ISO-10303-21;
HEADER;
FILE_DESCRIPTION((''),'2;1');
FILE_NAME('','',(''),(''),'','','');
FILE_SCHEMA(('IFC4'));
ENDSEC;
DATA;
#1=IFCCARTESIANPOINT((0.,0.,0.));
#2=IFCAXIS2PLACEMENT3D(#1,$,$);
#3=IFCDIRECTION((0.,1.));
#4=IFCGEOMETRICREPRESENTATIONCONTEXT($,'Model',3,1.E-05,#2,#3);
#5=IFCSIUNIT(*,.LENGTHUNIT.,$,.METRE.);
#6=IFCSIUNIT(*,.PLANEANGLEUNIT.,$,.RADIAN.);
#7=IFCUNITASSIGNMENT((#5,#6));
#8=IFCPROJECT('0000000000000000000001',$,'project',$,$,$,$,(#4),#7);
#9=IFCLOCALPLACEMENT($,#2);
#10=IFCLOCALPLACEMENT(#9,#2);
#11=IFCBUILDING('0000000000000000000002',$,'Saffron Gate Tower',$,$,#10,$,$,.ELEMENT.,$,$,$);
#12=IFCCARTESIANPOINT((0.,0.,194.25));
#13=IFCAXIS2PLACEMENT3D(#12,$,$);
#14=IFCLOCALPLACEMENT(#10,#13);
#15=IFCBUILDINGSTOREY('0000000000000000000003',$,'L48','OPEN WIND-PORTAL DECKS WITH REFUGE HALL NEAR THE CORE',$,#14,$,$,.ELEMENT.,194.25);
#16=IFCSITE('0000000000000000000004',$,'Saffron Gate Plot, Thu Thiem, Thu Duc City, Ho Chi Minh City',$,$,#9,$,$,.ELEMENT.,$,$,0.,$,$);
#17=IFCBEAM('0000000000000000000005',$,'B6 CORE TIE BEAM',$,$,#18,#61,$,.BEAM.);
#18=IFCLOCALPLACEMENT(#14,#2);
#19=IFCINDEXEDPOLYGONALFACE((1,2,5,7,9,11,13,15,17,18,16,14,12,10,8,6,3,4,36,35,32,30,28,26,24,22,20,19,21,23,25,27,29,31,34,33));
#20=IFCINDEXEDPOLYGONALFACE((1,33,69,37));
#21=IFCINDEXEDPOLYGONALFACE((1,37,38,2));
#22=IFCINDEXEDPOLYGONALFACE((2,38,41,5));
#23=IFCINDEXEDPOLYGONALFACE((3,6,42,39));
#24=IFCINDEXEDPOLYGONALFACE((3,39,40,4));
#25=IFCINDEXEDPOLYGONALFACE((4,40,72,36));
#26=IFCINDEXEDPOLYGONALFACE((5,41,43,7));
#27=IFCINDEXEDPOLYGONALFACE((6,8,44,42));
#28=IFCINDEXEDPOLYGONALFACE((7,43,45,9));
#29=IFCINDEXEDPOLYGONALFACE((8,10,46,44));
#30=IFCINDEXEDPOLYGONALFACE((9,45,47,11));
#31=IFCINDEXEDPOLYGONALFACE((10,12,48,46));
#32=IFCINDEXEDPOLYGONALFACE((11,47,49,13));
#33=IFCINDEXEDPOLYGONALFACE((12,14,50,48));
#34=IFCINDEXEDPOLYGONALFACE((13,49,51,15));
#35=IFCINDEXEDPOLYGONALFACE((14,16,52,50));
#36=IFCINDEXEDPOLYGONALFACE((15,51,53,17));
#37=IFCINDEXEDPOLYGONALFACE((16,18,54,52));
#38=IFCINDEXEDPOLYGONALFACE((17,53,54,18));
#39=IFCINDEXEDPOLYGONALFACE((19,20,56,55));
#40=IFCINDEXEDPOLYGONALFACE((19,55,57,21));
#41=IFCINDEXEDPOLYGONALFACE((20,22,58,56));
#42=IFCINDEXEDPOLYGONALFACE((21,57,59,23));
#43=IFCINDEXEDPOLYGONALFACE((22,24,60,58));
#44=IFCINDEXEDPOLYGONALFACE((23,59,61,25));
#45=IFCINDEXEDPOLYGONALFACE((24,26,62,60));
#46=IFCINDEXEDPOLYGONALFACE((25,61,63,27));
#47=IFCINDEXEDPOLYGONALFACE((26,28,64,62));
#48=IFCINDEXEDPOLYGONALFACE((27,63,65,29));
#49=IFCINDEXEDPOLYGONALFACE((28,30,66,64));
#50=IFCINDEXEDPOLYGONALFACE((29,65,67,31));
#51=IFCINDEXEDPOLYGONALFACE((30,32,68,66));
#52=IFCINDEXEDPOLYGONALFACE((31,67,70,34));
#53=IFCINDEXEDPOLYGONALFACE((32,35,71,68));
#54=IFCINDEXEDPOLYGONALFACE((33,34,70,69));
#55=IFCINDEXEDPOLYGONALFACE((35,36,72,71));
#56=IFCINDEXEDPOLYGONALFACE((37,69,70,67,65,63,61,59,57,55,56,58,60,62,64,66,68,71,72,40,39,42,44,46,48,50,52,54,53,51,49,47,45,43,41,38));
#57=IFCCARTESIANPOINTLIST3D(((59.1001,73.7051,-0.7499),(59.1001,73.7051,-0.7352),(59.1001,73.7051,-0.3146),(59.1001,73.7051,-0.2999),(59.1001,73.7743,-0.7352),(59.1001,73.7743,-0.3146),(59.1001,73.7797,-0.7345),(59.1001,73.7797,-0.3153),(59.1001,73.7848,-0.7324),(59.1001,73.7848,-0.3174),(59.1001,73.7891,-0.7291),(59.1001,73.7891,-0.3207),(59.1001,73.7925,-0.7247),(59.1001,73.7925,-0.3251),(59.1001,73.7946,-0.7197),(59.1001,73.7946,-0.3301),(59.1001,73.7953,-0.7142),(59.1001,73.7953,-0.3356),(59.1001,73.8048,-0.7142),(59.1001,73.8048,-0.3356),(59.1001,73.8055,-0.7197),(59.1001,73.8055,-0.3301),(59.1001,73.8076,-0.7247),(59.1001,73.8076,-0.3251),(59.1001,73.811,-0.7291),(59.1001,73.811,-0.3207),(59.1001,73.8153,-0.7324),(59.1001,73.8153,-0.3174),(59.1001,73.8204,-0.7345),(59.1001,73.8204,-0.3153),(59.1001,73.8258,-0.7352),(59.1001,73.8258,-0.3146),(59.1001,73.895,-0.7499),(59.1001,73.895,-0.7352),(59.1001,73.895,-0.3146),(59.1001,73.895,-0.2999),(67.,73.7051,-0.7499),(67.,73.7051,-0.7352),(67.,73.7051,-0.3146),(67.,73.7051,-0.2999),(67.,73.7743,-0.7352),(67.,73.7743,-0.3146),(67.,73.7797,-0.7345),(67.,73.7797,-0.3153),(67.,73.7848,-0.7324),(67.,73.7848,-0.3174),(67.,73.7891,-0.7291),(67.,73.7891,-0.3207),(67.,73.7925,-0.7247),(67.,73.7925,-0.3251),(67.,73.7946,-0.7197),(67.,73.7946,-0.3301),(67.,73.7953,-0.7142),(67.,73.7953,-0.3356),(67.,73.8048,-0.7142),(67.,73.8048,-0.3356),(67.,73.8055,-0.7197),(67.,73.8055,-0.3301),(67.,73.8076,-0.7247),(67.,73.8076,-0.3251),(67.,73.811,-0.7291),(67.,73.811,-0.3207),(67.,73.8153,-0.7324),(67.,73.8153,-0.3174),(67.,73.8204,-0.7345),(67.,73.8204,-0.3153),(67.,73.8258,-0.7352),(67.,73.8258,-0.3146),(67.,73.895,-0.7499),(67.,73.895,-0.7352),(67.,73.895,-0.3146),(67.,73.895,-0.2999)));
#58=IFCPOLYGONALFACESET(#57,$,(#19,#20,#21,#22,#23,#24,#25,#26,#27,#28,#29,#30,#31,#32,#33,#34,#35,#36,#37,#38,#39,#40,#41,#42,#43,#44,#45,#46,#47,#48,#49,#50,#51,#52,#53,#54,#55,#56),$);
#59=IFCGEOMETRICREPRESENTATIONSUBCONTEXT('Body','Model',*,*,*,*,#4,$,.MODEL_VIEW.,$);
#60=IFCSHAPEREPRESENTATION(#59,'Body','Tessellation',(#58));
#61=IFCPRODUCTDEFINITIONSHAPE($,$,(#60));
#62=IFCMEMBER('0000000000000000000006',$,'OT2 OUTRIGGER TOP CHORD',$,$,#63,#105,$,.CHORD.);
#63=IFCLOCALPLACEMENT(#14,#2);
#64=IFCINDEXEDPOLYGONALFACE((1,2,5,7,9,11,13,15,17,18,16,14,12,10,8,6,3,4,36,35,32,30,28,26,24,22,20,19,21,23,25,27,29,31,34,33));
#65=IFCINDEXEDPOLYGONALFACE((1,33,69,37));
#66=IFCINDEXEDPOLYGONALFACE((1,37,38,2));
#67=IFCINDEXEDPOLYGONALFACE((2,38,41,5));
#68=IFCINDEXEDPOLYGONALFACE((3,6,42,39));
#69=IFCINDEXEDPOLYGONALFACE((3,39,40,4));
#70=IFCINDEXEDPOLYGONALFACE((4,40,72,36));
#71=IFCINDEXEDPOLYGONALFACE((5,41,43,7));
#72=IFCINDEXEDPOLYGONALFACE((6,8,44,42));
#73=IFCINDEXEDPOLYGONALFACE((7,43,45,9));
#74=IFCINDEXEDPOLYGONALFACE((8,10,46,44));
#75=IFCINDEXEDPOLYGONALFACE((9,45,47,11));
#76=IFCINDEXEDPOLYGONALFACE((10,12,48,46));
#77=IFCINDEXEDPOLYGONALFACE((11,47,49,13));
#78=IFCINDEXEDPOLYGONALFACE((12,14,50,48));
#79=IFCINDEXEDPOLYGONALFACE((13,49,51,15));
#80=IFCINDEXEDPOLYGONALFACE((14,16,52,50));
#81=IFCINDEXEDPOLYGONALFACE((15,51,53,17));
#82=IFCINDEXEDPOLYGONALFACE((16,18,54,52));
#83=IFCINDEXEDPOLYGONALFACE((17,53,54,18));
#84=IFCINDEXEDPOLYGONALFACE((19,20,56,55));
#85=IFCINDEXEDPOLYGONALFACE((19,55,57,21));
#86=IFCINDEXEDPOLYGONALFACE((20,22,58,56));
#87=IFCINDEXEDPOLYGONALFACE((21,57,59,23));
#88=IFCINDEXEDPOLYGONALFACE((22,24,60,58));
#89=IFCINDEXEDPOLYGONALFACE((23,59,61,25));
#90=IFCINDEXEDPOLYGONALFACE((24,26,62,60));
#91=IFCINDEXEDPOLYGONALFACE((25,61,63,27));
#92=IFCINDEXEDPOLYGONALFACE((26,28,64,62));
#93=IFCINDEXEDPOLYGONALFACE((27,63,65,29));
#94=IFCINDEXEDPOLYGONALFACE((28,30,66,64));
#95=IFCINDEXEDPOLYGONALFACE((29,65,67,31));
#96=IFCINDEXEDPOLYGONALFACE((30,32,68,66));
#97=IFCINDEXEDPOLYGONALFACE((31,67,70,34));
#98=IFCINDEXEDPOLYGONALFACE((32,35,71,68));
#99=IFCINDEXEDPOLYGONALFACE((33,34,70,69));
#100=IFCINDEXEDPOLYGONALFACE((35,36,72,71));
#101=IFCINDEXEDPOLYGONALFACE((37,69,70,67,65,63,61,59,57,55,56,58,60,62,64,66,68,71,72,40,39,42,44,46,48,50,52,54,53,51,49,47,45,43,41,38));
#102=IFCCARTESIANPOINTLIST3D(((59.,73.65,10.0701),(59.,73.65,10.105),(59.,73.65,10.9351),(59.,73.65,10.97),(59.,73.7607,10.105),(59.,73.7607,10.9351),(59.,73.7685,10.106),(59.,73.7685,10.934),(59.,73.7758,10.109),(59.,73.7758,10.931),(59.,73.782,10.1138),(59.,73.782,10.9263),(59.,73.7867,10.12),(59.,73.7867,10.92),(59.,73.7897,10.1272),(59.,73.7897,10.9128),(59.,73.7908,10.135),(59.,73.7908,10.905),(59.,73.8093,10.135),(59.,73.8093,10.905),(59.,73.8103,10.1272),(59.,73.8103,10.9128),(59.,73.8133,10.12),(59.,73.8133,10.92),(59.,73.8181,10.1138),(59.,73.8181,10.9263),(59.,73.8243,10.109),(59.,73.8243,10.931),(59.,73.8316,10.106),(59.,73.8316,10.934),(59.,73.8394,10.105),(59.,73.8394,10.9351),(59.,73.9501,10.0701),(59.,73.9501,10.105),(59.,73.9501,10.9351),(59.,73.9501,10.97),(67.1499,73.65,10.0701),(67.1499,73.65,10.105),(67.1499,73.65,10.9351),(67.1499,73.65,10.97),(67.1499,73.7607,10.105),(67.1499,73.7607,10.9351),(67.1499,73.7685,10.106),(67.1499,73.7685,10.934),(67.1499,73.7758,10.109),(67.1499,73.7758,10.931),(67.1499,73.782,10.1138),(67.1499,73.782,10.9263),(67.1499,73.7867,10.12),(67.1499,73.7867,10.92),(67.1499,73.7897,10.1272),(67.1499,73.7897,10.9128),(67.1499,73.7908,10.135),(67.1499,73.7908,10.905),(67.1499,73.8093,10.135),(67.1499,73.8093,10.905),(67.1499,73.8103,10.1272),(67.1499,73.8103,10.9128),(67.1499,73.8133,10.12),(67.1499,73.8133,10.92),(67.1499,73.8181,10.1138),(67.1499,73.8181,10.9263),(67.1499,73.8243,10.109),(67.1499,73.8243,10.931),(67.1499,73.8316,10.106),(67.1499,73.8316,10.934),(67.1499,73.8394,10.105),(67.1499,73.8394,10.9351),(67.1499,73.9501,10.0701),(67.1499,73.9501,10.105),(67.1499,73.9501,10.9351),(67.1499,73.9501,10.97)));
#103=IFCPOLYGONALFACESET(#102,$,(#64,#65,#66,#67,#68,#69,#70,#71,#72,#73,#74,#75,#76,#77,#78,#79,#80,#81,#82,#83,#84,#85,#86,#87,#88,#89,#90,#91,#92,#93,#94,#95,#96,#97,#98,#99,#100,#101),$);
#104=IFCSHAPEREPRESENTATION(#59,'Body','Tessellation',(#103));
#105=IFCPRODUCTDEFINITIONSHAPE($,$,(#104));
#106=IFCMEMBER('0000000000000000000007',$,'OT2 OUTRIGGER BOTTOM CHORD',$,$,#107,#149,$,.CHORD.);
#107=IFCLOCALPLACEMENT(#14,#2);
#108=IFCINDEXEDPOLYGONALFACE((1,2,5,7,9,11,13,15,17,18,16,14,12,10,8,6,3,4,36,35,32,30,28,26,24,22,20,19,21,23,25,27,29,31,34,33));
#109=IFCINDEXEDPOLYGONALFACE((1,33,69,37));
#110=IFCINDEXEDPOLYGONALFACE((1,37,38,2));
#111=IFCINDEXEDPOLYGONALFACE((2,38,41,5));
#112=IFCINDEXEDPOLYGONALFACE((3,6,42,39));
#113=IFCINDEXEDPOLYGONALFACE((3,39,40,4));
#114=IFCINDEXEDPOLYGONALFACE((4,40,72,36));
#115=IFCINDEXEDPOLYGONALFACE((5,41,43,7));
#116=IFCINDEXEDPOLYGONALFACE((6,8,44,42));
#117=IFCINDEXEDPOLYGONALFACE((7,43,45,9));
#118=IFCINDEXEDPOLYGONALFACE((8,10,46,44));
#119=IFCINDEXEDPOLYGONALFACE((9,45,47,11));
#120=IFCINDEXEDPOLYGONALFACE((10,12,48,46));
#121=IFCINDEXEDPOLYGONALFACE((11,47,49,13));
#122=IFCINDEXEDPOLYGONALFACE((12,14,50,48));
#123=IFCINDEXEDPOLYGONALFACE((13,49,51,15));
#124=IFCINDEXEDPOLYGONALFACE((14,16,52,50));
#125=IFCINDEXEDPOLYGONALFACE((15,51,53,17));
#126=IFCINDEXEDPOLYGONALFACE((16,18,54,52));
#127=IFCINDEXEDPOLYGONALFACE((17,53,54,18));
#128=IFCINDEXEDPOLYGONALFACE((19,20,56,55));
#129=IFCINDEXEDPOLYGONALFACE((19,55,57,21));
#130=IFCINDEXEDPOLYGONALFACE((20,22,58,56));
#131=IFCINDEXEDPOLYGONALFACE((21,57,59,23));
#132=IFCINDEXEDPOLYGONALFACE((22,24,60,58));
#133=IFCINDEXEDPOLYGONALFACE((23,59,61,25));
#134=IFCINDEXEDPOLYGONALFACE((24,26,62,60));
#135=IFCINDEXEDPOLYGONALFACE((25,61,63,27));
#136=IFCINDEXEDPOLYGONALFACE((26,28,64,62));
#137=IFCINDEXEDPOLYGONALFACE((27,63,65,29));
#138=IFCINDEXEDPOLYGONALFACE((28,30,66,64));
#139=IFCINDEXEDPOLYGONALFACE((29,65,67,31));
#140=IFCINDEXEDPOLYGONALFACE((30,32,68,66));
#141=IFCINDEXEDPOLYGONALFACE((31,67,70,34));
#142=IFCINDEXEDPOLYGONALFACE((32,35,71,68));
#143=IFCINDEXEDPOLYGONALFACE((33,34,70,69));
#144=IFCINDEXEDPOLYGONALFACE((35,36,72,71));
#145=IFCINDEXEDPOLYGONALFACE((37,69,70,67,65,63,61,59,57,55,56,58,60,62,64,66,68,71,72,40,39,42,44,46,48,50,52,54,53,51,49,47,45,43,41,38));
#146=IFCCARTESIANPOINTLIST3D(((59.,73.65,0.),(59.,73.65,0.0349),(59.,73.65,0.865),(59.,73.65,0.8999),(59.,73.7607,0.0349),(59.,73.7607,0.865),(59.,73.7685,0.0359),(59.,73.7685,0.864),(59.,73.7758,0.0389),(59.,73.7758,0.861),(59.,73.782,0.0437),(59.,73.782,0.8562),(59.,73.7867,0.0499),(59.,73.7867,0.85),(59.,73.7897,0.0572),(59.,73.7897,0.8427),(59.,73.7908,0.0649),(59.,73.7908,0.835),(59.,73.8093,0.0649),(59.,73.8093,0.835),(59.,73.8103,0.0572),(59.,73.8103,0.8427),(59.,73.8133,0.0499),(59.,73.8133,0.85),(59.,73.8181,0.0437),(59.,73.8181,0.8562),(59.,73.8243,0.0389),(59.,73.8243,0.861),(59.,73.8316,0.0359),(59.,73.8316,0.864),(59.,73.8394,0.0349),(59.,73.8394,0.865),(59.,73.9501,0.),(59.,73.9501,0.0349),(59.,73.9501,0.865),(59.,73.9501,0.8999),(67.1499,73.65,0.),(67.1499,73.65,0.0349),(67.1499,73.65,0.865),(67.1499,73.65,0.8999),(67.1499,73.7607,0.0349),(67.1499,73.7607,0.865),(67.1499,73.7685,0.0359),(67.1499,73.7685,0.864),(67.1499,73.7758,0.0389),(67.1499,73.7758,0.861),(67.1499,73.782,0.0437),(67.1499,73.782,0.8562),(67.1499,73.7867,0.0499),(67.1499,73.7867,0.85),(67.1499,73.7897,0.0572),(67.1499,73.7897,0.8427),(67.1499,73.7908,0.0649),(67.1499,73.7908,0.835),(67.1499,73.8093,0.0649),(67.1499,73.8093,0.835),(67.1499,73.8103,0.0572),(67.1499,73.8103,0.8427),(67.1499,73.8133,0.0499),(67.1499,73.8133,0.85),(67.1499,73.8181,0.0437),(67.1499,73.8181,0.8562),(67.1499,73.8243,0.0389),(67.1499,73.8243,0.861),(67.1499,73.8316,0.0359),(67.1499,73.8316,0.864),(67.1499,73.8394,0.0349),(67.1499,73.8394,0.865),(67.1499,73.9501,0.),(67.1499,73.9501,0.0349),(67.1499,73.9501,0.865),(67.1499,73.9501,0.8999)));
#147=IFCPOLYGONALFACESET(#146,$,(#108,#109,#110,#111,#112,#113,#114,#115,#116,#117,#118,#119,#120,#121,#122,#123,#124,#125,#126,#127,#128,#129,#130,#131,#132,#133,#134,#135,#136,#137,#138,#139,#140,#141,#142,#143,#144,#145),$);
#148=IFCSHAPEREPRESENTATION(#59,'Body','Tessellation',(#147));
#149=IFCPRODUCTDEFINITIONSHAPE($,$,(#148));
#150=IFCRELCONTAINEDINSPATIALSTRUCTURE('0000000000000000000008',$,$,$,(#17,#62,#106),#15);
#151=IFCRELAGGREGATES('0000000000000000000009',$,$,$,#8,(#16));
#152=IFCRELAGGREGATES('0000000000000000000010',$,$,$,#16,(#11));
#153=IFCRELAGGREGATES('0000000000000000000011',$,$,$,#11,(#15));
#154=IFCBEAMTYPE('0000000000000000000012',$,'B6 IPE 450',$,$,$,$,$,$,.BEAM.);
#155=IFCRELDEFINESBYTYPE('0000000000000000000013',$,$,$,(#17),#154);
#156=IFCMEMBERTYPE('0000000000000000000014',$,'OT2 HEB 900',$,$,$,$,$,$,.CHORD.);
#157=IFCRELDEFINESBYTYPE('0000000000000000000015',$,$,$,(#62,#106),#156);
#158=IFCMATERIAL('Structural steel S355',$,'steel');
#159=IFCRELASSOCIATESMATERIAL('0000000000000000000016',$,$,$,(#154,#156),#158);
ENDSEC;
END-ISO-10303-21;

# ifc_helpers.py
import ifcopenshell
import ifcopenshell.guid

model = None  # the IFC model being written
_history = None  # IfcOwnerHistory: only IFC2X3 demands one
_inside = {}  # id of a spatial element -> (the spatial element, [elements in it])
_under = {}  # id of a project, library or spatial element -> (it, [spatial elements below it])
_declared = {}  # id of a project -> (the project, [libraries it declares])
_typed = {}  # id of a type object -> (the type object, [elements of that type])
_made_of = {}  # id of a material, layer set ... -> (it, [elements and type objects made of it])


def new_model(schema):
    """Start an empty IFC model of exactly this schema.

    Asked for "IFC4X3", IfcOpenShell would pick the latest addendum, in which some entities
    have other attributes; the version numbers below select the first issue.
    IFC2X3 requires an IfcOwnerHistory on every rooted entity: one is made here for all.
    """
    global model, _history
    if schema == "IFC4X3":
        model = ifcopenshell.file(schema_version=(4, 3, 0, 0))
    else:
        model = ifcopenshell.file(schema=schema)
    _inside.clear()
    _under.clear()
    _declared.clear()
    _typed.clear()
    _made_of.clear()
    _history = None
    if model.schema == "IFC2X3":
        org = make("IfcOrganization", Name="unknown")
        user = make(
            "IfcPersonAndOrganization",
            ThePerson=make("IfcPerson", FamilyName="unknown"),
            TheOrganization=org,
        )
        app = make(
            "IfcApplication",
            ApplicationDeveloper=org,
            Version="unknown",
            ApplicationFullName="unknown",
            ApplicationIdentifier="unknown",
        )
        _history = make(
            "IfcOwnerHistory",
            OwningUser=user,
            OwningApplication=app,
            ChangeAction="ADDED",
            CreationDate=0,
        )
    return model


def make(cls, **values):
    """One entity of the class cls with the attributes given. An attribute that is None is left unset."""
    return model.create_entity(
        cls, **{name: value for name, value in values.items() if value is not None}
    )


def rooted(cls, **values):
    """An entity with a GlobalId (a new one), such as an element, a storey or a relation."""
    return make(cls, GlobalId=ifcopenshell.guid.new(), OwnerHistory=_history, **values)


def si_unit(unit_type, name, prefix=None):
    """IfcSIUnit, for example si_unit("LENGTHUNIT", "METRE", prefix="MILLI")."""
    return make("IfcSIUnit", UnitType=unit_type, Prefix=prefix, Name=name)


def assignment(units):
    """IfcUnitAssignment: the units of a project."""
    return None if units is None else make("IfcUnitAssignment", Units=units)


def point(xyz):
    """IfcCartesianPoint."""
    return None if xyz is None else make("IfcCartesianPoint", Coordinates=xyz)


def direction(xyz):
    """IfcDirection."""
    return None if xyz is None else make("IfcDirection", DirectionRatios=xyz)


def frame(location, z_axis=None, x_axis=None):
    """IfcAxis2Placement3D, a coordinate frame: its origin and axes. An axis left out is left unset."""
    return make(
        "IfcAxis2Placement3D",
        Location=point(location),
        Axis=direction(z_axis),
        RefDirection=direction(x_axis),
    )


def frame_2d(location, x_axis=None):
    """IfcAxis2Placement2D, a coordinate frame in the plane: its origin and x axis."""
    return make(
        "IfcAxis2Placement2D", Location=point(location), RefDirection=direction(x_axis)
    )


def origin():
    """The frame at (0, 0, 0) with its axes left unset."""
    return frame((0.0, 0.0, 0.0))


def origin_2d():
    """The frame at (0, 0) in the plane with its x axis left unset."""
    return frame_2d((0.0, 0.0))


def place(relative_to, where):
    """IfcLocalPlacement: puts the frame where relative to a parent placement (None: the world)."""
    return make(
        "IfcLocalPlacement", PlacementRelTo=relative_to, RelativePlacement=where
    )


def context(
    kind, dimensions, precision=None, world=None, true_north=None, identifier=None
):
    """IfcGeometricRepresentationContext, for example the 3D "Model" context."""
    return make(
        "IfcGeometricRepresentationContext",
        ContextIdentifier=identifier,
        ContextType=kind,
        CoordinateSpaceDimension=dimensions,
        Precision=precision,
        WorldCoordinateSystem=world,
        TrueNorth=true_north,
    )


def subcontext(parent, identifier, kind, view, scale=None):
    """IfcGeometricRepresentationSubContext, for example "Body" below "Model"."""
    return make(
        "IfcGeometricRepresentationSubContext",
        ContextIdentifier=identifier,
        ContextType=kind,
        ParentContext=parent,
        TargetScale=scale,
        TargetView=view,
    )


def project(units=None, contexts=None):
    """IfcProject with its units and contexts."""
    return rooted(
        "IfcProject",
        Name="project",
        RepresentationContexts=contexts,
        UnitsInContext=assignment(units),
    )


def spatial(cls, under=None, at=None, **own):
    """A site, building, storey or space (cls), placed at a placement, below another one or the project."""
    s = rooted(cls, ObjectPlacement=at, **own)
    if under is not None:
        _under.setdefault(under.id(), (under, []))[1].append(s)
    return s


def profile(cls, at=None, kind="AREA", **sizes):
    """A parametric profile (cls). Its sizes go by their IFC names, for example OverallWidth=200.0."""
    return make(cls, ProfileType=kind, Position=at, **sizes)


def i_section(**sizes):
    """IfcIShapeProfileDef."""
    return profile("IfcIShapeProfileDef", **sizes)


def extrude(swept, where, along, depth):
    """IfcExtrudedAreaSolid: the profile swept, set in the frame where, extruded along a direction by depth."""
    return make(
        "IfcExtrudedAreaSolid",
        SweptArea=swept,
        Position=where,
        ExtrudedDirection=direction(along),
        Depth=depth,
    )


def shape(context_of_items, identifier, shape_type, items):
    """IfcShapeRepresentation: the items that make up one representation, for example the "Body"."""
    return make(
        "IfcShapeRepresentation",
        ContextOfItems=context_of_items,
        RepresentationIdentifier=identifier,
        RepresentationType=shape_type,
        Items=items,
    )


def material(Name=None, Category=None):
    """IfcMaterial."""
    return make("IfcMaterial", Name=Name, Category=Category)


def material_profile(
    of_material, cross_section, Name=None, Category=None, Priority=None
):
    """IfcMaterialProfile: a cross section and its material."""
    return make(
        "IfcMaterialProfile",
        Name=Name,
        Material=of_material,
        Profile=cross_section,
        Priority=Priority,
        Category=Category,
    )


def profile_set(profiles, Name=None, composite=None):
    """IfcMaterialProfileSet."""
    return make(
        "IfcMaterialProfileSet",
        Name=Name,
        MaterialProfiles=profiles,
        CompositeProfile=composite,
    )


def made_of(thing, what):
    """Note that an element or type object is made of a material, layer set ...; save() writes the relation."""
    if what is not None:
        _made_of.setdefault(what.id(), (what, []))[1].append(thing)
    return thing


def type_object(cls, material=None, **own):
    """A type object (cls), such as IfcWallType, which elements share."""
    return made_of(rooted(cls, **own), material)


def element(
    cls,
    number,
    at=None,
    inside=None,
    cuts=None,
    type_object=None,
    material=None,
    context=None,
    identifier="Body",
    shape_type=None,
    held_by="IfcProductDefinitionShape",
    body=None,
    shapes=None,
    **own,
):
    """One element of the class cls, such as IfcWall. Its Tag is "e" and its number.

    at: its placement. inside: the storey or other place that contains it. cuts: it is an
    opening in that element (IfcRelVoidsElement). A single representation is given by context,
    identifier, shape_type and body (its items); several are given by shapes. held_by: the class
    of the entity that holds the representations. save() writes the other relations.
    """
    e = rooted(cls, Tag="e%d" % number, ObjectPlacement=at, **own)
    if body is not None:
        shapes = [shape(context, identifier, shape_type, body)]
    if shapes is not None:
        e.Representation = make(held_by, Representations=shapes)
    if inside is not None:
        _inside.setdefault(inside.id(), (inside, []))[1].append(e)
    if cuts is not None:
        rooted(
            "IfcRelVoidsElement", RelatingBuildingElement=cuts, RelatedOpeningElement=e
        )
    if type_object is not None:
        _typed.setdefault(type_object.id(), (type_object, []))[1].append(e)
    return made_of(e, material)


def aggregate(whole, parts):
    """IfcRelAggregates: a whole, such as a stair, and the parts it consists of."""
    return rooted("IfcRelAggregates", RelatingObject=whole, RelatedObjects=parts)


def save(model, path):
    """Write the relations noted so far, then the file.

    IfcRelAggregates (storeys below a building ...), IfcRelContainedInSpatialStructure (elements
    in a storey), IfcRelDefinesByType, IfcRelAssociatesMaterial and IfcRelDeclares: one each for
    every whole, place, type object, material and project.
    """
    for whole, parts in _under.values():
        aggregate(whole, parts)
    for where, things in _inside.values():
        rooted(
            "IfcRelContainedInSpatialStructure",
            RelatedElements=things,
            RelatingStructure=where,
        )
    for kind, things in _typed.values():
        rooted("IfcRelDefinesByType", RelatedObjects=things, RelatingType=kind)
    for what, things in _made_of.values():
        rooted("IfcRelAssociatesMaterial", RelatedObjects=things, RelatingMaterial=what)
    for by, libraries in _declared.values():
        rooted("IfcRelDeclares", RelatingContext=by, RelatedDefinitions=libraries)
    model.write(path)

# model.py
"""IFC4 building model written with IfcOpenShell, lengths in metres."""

from ifc_helpers import new_model, si_unit, direction, frame, origin, origin_2d, place, context, subcontext, project, spatial, i_section, extrude, material, material_profile, profile_set, type_object, element, save


model = new_model("IFC4")

# Units and contexts
model_context = context("Model", 3, precision=1e-05, world=origin(), true_north=direction((0.0, 1.0)))
body_context = subcontext(model_context, "Body", "Model", "MODEL_VIEW")
ifc_project = project(units=[si_unit("LENGTHUNIT", "METRE"), si_unit("PLANEANGLEUNIT", "RADIAN")], contexts=[model_context])

# Site, building, storey
site_placement = place(None, origin())
site = spatial("IfcSite", under=ifc_project, at=site_placement, Name="Saffron Gate Plot, Thu Thiem, Thu Duc City, Ho Chi Minh City", CompositionType="ELEMENT", RefElevation=0.0)
building_placement = place(site_placement, origin())
building = spatial("IfcBuilding", under=site, at=building_placement, Name="Saffron Gate Tower", CompositionType="ELEMENT")
storey_placement = place(building_placement, frame((0.0, 0.0, 194.25)))
storey = spatial("IfcBuildingStorey", under=building, at=storey_placement, Name="L48", Description="OPEN WIND-PORTAL DECKS WITH REFUGE HALL NEAR THE CORE", CompositionType="ELEMENT", Elevation=194.25)

# Beam
ifc_material_1 = material(Name="Structural steel S355", Category="steel")
ifc_material_profile_1 = material_profile(ifc_material_1, i_section(OverallWidth=0.1899, OverallDepth=0.45, WebThickness=0.0095, FlangeThickness=0.0146, FilletRadius=0.021, at=origin_2d()))
ifc_profile_set_1 = profile_set([ifc_material_profile_1], Name="Structural steel S355")
beam_type = type_object("IfcBeamType", Name="B6 IPE 450", PredefinedType="BEAM", material=ifc_profile_set_1)
beam_placement = place(storey_placement, frame((59.1001, 73.8, -0.5249), z_axis=(1.0, 0.0, 0.0), x_axis=(0.0, 1.0, 0.0)))
element("IfcBeam", 1, at=beam_placement, inside=storey, type_object=beam_type, Name="B6 CORE TIE BEAM", PredefinedType="BEAM", context=body_context, shape_type="SweptSolid", body=[
    extrude(i_section(OverallWidth=0.1899, OverallDepth=0.45, WebThickness=0.0095, FlangeThickness=0.0146, FilletRadius=0.021, at=origin_2d()), origin(), (0.0, 0.0, 1.0), 7.8999),
])

# Members
ifc_material_profile_2 = material_profile(ifc_material_1, i_section(OverallWidth=0.3, OverallDepth=0.8999, WebThickness=0.0186, FlangeThickness=0.0349, FilletRadius=0.03, at=origin_2d()))
ifc_profile_set_2 = profile_set([ifc_material_profile_2], Name="Structural steel S355")
member_type_1 = type_object("IfcMemberType", Name="OT2 HEB 900", PredefinedType="CHORD", material=ifc_profile_set_2)
for number, where, z_axis, x_axis, name in (
    (2, (59.0, 73.8, 10.52), (1.0, 0.0, 0.0), (0.0, 1.0, 0.0), "OT2 OUTRIGGER TOP CHORD"),
    (3, (59.0, 73.8, 0.45), (1.0, 0.0, 0.0), (0.0, 1.0, 0.0), "OT2 OUTRIGGER BOTTOM CHORD"),
):
    element("IfcMember", number, at=place(storey_placement, frame(where, z_axis=z_axis, x_axis=x_axis)), inside=storey, type_object=member_type_1, Name=name, PredefinedType="CHORD", context=body_context, shape_type="SweptSolid", body=[
        extrude(i_section(OverallWidth=0.3, OverallDepth=0.8999, WebThickness=0.0186, FlangeThickness=0.0349, FilletRadius=0.03, at=origin_2d()), origin(), (0.0, 0.0, 1.0), 8.1499),
    ])

save(model, "model.ifc")
